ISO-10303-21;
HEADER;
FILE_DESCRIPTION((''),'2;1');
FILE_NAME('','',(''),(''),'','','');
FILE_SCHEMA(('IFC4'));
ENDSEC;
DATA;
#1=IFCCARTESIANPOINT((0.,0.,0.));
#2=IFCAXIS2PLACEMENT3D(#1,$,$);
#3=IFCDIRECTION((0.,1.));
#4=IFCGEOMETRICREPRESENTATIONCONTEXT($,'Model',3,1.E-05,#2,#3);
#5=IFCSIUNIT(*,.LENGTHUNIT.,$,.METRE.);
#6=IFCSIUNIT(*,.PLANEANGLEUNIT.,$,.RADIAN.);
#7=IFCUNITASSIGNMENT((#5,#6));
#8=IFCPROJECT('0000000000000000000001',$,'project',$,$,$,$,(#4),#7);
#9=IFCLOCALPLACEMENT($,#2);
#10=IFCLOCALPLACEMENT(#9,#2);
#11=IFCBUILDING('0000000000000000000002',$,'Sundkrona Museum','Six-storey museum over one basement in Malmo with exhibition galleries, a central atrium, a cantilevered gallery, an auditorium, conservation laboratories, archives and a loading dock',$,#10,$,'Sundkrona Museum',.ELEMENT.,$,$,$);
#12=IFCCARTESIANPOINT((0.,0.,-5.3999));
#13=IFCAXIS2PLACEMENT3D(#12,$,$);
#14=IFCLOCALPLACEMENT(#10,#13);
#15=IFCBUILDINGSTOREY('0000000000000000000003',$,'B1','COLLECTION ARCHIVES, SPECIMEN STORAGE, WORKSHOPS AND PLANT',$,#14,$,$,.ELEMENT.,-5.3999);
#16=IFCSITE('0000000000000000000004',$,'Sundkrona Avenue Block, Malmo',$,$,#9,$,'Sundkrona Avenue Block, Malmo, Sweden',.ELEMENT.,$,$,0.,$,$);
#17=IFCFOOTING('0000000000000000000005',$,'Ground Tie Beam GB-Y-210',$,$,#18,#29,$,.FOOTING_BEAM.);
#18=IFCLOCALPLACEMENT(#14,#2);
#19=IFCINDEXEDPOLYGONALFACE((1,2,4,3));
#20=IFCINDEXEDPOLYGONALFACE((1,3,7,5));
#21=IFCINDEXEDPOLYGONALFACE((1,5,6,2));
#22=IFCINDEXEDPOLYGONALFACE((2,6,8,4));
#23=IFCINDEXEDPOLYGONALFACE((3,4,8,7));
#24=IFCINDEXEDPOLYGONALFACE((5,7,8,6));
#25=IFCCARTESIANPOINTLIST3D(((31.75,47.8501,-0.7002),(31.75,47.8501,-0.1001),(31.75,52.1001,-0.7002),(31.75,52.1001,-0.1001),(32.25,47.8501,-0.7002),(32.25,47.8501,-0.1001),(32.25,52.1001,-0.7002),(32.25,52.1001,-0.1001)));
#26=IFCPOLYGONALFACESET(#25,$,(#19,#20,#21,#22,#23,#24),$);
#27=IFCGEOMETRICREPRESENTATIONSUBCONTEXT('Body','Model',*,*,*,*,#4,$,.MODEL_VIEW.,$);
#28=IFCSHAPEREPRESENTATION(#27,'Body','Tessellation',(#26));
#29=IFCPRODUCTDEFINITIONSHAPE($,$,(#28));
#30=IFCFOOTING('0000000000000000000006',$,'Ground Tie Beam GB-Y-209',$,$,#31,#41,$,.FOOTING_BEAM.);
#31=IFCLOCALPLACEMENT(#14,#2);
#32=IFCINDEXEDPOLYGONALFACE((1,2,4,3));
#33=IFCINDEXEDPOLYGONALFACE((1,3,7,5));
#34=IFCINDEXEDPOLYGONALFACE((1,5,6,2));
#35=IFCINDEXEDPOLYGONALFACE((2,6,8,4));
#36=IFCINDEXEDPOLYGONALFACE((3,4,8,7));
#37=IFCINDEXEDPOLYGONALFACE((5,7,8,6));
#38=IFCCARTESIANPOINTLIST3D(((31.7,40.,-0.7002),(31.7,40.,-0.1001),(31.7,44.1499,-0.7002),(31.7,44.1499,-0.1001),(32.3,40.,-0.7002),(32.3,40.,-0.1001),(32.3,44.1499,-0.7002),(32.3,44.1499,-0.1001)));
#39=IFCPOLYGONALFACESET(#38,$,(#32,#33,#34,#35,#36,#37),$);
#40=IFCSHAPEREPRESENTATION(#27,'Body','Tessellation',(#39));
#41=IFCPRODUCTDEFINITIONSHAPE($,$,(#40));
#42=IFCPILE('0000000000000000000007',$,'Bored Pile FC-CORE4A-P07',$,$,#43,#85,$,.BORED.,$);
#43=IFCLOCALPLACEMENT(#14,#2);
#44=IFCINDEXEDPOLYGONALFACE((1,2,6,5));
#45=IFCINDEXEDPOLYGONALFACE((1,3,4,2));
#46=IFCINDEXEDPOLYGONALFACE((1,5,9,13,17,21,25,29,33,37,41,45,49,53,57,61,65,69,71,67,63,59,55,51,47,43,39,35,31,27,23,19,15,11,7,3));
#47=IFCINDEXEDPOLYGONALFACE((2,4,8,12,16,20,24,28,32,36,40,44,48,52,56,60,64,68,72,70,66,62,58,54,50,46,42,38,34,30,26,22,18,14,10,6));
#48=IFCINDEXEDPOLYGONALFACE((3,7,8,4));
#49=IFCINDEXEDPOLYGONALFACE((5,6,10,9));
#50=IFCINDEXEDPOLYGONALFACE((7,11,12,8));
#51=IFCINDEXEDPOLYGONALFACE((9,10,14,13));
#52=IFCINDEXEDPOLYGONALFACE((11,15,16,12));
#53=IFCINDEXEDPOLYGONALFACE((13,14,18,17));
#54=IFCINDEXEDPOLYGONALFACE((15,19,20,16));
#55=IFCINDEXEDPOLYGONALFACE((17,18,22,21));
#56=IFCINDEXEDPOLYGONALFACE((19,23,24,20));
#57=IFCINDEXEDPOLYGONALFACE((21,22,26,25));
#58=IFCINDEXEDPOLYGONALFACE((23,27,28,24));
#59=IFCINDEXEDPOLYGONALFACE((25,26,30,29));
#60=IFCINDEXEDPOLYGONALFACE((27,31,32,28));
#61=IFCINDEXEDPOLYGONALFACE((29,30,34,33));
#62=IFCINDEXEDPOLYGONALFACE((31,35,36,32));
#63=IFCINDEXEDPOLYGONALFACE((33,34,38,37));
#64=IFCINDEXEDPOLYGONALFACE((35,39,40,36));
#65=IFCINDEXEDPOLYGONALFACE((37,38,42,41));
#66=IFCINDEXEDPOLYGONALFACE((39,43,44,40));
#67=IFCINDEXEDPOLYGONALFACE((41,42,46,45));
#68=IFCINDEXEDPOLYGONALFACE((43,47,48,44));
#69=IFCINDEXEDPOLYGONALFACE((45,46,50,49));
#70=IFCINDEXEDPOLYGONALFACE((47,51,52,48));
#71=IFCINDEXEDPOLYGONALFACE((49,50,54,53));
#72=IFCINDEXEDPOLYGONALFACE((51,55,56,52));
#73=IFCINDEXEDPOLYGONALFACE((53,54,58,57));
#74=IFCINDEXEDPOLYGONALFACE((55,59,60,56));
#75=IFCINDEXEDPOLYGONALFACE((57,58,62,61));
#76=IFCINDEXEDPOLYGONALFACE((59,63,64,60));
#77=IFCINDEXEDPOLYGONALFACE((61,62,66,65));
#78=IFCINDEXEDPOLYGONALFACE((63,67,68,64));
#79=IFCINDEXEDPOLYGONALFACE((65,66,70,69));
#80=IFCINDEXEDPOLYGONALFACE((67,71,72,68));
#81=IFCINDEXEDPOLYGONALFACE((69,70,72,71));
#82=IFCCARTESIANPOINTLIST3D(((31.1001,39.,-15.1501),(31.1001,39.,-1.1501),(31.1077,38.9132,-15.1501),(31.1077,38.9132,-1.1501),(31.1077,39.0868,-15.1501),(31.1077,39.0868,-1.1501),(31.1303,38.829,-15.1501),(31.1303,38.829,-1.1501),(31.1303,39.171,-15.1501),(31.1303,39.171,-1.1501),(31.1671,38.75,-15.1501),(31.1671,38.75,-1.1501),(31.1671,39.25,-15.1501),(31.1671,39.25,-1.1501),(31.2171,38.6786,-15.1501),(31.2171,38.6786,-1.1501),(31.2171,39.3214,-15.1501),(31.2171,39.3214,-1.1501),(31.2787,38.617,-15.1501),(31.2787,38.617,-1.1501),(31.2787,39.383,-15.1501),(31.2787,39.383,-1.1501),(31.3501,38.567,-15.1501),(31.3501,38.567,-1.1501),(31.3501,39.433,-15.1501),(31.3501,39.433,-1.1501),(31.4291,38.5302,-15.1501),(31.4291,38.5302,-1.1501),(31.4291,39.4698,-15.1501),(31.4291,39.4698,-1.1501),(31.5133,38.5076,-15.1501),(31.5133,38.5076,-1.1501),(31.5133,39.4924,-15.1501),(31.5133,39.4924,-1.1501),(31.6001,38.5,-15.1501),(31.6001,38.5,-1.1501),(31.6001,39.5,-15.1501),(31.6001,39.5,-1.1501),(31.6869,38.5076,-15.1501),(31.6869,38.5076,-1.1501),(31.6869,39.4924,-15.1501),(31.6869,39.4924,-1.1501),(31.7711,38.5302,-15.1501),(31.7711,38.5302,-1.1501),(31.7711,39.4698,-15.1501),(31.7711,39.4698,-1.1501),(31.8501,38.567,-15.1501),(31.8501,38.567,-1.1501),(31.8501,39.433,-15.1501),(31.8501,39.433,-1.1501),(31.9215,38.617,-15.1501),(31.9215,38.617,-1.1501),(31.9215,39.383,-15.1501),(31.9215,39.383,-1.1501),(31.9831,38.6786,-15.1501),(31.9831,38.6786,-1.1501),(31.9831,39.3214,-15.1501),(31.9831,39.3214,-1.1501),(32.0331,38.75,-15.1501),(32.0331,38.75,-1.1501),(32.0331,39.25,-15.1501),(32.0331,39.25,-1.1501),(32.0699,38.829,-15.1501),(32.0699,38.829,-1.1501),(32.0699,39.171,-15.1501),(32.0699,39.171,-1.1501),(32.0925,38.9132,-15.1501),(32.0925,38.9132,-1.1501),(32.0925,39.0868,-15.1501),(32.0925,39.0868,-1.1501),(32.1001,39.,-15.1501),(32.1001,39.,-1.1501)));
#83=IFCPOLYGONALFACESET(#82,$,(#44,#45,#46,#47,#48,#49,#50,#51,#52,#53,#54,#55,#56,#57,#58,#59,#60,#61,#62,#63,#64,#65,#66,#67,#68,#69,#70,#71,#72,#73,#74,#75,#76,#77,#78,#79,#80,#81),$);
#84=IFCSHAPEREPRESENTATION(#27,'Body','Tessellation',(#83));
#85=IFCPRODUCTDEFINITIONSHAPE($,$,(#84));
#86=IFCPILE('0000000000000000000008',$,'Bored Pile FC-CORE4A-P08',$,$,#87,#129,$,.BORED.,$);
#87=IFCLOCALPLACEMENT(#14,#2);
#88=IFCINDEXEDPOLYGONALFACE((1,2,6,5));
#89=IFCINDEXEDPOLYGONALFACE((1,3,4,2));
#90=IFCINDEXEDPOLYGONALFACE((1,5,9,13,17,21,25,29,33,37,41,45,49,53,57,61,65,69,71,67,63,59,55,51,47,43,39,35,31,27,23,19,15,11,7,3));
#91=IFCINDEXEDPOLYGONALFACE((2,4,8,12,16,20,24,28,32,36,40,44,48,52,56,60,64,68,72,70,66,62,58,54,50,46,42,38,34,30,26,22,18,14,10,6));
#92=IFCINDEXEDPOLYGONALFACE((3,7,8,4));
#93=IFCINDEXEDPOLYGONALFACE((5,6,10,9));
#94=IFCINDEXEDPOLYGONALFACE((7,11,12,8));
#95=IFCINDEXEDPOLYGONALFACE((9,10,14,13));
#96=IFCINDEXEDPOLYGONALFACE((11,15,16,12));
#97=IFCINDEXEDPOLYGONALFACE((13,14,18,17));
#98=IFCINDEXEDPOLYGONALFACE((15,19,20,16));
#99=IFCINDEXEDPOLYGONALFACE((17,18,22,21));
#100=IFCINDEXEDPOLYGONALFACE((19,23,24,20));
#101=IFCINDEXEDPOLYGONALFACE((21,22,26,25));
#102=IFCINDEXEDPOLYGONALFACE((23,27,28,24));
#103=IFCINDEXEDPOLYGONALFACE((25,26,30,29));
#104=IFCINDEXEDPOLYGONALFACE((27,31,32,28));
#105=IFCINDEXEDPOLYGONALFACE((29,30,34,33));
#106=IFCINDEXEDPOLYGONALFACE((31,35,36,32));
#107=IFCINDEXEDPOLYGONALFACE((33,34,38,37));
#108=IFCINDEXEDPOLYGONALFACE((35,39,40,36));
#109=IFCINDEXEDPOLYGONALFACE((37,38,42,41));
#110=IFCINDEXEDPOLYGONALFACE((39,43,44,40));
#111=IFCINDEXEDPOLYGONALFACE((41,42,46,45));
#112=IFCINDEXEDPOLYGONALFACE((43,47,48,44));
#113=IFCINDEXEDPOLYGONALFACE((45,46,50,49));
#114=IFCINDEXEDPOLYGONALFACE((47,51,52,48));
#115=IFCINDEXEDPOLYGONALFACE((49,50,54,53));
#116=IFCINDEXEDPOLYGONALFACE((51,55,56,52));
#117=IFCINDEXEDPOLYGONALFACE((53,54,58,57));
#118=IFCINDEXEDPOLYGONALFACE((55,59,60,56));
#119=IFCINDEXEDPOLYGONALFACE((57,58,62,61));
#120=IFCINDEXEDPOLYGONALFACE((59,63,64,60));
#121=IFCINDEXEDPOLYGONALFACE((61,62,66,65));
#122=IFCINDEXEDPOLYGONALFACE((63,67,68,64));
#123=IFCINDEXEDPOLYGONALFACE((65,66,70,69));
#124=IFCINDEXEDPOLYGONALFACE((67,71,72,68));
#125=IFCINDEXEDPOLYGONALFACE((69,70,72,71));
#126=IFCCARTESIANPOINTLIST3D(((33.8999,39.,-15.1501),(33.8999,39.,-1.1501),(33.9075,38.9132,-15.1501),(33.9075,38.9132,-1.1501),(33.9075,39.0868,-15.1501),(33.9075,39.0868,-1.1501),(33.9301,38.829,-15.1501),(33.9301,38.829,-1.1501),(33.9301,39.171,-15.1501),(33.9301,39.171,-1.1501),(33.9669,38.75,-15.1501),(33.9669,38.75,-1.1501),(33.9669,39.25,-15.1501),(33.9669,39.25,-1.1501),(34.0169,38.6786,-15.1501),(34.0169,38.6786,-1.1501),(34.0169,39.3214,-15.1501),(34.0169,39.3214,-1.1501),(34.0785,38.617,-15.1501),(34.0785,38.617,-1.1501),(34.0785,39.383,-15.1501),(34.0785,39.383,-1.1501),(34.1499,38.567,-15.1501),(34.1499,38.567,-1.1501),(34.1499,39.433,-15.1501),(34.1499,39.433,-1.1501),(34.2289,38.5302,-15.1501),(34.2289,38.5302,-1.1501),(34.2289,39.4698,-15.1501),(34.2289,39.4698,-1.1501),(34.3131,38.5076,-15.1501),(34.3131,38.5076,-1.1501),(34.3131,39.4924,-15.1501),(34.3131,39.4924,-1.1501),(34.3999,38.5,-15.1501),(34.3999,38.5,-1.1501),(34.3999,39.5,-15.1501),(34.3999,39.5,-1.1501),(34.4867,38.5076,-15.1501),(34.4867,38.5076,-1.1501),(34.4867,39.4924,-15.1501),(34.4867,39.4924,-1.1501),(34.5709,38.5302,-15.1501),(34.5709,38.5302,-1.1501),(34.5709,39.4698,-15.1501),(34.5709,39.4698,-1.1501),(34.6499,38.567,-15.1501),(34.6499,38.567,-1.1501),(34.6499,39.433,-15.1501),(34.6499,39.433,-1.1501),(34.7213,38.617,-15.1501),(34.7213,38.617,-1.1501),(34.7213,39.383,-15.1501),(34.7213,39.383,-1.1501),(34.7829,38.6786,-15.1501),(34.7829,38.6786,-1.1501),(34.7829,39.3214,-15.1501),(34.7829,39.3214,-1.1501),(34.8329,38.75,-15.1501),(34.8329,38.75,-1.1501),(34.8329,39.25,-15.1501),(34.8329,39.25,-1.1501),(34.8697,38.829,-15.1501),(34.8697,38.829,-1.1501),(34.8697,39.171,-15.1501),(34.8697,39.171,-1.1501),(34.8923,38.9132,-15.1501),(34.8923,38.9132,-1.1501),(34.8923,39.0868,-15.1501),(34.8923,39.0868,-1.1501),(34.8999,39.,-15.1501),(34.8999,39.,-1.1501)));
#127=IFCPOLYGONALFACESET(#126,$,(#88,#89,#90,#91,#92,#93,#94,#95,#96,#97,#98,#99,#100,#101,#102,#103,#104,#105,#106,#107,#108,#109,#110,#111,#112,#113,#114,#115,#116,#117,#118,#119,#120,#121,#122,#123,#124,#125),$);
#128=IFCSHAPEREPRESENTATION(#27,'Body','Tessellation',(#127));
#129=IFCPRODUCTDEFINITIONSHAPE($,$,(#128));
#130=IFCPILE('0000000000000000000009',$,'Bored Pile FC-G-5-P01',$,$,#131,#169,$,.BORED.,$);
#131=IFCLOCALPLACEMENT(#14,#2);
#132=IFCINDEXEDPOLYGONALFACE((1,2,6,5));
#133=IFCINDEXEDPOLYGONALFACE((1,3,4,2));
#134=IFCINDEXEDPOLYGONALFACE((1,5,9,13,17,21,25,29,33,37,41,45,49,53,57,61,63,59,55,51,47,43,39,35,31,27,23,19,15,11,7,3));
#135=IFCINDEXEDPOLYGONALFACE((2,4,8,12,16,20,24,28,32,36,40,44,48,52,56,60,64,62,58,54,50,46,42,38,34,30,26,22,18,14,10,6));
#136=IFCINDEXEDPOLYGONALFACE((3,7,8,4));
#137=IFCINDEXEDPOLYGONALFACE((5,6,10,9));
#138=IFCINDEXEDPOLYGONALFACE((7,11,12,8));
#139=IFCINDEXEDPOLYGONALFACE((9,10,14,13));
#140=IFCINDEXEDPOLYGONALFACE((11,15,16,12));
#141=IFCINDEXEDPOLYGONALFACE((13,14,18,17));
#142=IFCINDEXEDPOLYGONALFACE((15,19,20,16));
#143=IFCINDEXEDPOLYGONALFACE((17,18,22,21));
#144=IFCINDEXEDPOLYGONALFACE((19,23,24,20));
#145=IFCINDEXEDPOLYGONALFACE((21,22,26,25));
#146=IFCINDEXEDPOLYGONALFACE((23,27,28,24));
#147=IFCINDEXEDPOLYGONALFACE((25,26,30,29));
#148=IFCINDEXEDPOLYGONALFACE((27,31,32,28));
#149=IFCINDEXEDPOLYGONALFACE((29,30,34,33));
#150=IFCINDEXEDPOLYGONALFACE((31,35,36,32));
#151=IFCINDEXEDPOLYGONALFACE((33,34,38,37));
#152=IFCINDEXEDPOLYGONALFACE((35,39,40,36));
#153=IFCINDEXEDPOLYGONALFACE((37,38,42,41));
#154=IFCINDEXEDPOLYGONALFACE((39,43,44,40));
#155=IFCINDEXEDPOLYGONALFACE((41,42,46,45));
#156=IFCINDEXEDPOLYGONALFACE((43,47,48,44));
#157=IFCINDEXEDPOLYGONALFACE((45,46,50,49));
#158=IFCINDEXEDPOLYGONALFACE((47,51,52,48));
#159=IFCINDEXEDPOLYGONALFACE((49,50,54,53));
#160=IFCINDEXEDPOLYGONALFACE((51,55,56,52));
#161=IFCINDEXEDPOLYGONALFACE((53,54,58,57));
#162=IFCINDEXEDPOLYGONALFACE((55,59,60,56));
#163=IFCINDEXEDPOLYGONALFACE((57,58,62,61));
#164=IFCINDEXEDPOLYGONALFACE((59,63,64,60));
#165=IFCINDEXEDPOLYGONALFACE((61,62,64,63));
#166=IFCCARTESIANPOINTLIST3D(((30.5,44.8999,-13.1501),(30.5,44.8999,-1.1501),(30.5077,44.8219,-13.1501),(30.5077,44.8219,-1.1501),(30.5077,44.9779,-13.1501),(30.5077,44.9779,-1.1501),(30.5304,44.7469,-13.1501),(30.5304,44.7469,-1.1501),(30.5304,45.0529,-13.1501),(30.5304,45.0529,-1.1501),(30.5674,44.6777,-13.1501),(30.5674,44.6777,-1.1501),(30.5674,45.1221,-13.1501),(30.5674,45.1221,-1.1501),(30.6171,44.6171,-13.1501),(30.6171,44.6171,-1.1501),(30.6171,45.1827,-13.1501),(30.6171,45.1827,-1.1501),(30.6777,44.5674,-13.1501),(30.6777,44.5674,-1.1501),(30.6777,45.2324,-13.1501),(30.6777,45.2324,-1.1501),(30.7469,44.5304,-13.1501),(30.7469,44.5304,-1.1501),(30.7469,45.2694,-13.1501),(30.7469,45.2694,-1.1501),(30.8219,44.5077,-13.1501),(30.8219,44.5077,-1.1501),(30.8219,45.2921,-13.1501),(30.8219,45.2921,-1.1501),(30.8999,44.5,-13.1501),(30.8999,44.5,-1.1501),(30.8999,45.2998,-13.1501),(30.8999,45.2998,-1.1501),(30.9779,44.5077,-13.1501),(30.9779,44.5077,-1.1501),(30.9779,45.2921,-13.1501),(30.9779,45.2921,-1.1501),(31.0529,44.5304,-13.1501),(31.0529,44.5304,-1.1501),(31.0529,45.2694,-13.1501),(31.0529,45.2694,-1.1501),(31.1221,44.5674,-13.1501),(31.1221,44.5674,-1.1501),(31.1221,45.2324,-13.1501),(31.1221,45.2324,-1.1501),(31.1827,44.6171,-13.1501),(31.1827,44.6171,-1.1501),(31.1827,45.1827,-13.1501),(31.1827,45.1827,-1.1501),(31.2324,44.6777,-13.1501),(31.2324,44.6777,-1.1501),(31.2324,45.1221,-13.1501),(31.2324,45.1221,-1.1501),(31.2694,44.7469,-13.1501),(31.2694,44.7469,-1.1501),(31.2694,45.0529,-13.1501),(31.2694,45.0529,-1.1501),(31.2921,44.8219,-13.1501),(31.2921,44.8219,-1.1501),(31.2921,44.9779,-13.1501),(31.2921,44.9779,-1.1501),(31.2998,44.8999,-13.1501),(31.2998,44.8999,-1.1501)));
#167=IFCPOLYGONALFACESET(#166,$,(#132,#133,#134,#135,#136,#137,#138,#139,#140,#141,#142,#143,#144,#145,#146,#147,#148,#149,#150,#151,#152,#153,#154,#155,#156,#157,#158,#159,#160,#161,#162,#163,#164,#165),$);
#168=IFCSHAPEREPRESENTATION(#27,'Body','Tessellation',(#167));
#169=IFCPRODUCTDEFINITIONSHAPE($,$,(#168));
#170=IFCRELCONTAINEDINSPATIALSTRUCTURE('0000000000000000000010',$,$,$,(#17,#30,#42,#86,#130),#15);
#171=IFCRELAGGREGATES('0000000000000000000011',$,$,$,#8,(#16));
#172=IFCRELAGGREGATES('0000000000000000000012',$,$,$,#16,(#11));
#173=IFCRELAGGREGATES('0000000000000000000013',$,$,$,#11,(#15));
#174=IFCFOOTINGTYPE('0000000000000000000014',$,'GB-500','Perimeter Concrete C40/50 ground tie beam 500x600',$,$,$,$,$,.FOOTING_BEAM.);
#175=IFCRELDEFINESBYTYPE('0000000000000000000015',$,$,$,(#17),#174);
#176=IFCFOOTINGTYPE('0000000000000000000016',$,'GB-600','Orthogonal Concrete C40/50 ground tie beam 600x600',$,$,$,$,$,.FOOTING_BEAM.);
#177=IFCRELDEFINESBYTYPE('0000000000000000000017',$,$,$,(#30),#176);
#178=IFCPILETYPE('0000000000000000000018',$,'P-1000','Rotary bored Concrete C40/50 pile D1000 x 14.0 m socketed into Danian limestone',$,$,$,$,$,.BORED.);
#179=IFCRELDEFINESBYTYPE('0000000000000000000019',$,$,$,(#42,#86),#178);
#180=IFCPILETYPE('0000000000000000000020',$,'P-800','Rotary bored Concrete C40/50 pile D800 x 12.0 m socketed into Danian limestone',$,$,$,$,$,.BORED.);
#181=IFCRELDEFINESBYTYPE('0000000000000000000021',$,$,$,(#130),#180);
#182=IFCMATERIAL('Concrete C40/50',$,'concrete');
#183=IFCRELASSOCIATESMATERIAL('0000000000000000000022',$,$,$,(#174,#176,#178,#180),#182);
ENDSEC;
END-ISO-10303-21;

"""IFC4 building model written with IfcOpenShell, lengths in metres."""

from ifc_helpers import new_model, si_unit, direction, frame, origin, origin_2d, place, context, subcontext, project, spatial, rectangle, circle, extrude, material, material_profile, profile_set, type_object, element, save


model = new_model("IFC4")

# Units and contexts
model_context = context("Model", 3, precision=1e-05, world=origin(), true_north=direction((0.0, 1.0)))
body_context = subcontext(model_context, "Body", "Model", "MODEL_VIEW")
ifc_project = project(units=[si_unit("LENGTHUNIT", "METRE"), si_unit("PLANEANGLEUNIT", "RADIAN")], contexts=[model_context])

# Site, building, storey
site_placement = place(None, origin())
site = spatial("IfcSite", under=ifc_project, at=site_placement, Name="Sundkrona Avenue Block, Malmo", LongName="Sundkrona Avenue Block, Malmo, Sweden", CompositionType="ELEMENT", RefElevation=0.0)
building_placement = place(site_placement, origin())
building = spatial("IfcBuilding", under=site, at=building_placement, Name="Sundkrona Museum", Description="Six-storey museum over one basement in Malmo with exhibition galleries, a central atrium, a cantilevered gallery, an auditorium, conservation laboratories, archives and a loading dock", LongName="Sundkrona Museum", CompositionType="ELEMENT")
storey_placement = place(building_placement, frame((0.0, 0.0, -5.3999)))
storey = spatial("IfcBuildingStorey", under=building, at=storey_placement, Name="B1", Description="COLLECTION ARCHIVES, SPECIMEN STORAGE, WORKSHOPS AND PLANT", CompositionType="ELEMENT", Elevation=-5.3999)

# Footings
ifc_material_1 = material(Name="Concrete C40/50", Category="concrete")
footing_type_1 = type_object("IfcFootingType", Name="GB-500", Description="Perimeter Concrete C40/50 ground tie beam 500x600", PredefinedType="FOOTING_BEAM", material=ifc_material_1)
footing_1_placement = place(storey_placement, frame((32.0, 49.9751, -0.7002), z_axis=(0.0, 0.0, 1.0), x_axis=(0.0, 1.0, 0.0)))
element("IfcFooting", 1, at=footing_1_placement, inside=storey, type_object=footing_type_1, Name="Ground Tie Beam GB-Y-210", PredefinedType="FOOTING_BEAM", context=body_context, shape_type="SweptSolid", body=[
    extrude(rectangle(XDim=4.25, YDim=0.5, at=origin_2d()), origin(), (0.0, 0.0, 1.0), 0.6001),
])
footing_type_2 = type_object("IfcFootingType", Name="GB-600", Description="Orthogonal Concrete C40/50 ground tie beam 600x600", PredefinedType="FOOTING_BEAM", material=ifc_material_1)
footing_2_placement = place(storey_placement, frame((32.0, 42.075, -0.7002), z_axis=(0.0, 0.0, 1.0), x_axis=(0.0, 1.0, 0.0)))
element("IfcFooting", 2, at=footing_2_placement, inside=storey, type_object=footing_type_2, Name="Ground Tie Beam GB-Y-209", PredefinedType="FOOTING_BEAM", context=body_context, shape_type="SweptSolid", body=[
    extrude(rectangle(XDim=4.1499, YDim=0.6001, at=origin_2d()), origin(), (0.0, 0.0, 1.0), 0.6001),
])

# Piles
ifc_material_profile_1 = material_profile(ifc_material_1, circle(Radius=0.5, at=origin_2d()), Name="PILE D1000")
ifc_profile_set_1 = profile_set([ifc_material_profile_1], Name="Concrete C40/50")
pile_type_1 = type_object("IfcPileType", Name="P-1000", Description="Rotary bored Concrete C40/50 pile D1000 x 14.0 m socketed into Danian limestone", PredefinedType="BORED", material=ifc_profile_set_1)
for number, where, z_axis, x_axis, name in (
    (3, (31.6001, 39.0, -1.1501), (0.0, 0.0, -1.0), (1.0, 0.0, 0.0), "Bored Pile FC-CORE4A-P07"),
    (4, (34.3999, 39.0, -1.1501), (0.0, 0.0, -1.0), (1.0, 0.0, 0.0), "Bored Pile FC-CORE4A-P08"),
):
    element("IfcPile", number, at=place(storey_placement, frame(where, z_axis=z_axis, x_axis=x_axis)), inside=storey, type_object=pile_type_1, Name=name, PredefinedType="BORED", context=body_context, shape_type="SweptSolid", body=[
        extrude(circle(Radius=0.5, at=origin_2d()), origin(), (0.0, 0.0, 1.0), 14.0),
    ])
ifc_material_profile_2 = material_profile(ifc_material_1, circle(Radius=0.3999, at=origin_2d()), Name="PILE D800")
ifc_profile_set_2 = profile_set([ifc_material_profile_2], Name="Concrete C40/50")
pile_type_2 = type_object("IfcPileType", Name="P-800", Description="Rotary bored Concrete C40/50 pile D800 x 12.0 m socketed into Danian limestone", PredefinedType="BORED", material=ifc_profile_set_2)
for number, where, z_axis, x_axis, name in (
    (5, (30.8999, 44.8999, -1.1501), (0.0, 0.0, -1.0), (1.0, 0.0, 0.0), "Bored Pile FC-G-5-P01"),
):
    element("IfcPile", number, at=place(storey_placement, frame(where, z_axis=z_axis, x_axis=x_axis)), inside=storey, type_object=pile_type_2, Name=name, PredefinedType="BORED", context=body_context, shape_type="SweptSolid", body=[
        extrude(circle(Radius=0.3999, at=origin_2d()), origin(), (0.0, 0.0, 1.0), 12.0),
    ])

save(model, "model.ifc")
